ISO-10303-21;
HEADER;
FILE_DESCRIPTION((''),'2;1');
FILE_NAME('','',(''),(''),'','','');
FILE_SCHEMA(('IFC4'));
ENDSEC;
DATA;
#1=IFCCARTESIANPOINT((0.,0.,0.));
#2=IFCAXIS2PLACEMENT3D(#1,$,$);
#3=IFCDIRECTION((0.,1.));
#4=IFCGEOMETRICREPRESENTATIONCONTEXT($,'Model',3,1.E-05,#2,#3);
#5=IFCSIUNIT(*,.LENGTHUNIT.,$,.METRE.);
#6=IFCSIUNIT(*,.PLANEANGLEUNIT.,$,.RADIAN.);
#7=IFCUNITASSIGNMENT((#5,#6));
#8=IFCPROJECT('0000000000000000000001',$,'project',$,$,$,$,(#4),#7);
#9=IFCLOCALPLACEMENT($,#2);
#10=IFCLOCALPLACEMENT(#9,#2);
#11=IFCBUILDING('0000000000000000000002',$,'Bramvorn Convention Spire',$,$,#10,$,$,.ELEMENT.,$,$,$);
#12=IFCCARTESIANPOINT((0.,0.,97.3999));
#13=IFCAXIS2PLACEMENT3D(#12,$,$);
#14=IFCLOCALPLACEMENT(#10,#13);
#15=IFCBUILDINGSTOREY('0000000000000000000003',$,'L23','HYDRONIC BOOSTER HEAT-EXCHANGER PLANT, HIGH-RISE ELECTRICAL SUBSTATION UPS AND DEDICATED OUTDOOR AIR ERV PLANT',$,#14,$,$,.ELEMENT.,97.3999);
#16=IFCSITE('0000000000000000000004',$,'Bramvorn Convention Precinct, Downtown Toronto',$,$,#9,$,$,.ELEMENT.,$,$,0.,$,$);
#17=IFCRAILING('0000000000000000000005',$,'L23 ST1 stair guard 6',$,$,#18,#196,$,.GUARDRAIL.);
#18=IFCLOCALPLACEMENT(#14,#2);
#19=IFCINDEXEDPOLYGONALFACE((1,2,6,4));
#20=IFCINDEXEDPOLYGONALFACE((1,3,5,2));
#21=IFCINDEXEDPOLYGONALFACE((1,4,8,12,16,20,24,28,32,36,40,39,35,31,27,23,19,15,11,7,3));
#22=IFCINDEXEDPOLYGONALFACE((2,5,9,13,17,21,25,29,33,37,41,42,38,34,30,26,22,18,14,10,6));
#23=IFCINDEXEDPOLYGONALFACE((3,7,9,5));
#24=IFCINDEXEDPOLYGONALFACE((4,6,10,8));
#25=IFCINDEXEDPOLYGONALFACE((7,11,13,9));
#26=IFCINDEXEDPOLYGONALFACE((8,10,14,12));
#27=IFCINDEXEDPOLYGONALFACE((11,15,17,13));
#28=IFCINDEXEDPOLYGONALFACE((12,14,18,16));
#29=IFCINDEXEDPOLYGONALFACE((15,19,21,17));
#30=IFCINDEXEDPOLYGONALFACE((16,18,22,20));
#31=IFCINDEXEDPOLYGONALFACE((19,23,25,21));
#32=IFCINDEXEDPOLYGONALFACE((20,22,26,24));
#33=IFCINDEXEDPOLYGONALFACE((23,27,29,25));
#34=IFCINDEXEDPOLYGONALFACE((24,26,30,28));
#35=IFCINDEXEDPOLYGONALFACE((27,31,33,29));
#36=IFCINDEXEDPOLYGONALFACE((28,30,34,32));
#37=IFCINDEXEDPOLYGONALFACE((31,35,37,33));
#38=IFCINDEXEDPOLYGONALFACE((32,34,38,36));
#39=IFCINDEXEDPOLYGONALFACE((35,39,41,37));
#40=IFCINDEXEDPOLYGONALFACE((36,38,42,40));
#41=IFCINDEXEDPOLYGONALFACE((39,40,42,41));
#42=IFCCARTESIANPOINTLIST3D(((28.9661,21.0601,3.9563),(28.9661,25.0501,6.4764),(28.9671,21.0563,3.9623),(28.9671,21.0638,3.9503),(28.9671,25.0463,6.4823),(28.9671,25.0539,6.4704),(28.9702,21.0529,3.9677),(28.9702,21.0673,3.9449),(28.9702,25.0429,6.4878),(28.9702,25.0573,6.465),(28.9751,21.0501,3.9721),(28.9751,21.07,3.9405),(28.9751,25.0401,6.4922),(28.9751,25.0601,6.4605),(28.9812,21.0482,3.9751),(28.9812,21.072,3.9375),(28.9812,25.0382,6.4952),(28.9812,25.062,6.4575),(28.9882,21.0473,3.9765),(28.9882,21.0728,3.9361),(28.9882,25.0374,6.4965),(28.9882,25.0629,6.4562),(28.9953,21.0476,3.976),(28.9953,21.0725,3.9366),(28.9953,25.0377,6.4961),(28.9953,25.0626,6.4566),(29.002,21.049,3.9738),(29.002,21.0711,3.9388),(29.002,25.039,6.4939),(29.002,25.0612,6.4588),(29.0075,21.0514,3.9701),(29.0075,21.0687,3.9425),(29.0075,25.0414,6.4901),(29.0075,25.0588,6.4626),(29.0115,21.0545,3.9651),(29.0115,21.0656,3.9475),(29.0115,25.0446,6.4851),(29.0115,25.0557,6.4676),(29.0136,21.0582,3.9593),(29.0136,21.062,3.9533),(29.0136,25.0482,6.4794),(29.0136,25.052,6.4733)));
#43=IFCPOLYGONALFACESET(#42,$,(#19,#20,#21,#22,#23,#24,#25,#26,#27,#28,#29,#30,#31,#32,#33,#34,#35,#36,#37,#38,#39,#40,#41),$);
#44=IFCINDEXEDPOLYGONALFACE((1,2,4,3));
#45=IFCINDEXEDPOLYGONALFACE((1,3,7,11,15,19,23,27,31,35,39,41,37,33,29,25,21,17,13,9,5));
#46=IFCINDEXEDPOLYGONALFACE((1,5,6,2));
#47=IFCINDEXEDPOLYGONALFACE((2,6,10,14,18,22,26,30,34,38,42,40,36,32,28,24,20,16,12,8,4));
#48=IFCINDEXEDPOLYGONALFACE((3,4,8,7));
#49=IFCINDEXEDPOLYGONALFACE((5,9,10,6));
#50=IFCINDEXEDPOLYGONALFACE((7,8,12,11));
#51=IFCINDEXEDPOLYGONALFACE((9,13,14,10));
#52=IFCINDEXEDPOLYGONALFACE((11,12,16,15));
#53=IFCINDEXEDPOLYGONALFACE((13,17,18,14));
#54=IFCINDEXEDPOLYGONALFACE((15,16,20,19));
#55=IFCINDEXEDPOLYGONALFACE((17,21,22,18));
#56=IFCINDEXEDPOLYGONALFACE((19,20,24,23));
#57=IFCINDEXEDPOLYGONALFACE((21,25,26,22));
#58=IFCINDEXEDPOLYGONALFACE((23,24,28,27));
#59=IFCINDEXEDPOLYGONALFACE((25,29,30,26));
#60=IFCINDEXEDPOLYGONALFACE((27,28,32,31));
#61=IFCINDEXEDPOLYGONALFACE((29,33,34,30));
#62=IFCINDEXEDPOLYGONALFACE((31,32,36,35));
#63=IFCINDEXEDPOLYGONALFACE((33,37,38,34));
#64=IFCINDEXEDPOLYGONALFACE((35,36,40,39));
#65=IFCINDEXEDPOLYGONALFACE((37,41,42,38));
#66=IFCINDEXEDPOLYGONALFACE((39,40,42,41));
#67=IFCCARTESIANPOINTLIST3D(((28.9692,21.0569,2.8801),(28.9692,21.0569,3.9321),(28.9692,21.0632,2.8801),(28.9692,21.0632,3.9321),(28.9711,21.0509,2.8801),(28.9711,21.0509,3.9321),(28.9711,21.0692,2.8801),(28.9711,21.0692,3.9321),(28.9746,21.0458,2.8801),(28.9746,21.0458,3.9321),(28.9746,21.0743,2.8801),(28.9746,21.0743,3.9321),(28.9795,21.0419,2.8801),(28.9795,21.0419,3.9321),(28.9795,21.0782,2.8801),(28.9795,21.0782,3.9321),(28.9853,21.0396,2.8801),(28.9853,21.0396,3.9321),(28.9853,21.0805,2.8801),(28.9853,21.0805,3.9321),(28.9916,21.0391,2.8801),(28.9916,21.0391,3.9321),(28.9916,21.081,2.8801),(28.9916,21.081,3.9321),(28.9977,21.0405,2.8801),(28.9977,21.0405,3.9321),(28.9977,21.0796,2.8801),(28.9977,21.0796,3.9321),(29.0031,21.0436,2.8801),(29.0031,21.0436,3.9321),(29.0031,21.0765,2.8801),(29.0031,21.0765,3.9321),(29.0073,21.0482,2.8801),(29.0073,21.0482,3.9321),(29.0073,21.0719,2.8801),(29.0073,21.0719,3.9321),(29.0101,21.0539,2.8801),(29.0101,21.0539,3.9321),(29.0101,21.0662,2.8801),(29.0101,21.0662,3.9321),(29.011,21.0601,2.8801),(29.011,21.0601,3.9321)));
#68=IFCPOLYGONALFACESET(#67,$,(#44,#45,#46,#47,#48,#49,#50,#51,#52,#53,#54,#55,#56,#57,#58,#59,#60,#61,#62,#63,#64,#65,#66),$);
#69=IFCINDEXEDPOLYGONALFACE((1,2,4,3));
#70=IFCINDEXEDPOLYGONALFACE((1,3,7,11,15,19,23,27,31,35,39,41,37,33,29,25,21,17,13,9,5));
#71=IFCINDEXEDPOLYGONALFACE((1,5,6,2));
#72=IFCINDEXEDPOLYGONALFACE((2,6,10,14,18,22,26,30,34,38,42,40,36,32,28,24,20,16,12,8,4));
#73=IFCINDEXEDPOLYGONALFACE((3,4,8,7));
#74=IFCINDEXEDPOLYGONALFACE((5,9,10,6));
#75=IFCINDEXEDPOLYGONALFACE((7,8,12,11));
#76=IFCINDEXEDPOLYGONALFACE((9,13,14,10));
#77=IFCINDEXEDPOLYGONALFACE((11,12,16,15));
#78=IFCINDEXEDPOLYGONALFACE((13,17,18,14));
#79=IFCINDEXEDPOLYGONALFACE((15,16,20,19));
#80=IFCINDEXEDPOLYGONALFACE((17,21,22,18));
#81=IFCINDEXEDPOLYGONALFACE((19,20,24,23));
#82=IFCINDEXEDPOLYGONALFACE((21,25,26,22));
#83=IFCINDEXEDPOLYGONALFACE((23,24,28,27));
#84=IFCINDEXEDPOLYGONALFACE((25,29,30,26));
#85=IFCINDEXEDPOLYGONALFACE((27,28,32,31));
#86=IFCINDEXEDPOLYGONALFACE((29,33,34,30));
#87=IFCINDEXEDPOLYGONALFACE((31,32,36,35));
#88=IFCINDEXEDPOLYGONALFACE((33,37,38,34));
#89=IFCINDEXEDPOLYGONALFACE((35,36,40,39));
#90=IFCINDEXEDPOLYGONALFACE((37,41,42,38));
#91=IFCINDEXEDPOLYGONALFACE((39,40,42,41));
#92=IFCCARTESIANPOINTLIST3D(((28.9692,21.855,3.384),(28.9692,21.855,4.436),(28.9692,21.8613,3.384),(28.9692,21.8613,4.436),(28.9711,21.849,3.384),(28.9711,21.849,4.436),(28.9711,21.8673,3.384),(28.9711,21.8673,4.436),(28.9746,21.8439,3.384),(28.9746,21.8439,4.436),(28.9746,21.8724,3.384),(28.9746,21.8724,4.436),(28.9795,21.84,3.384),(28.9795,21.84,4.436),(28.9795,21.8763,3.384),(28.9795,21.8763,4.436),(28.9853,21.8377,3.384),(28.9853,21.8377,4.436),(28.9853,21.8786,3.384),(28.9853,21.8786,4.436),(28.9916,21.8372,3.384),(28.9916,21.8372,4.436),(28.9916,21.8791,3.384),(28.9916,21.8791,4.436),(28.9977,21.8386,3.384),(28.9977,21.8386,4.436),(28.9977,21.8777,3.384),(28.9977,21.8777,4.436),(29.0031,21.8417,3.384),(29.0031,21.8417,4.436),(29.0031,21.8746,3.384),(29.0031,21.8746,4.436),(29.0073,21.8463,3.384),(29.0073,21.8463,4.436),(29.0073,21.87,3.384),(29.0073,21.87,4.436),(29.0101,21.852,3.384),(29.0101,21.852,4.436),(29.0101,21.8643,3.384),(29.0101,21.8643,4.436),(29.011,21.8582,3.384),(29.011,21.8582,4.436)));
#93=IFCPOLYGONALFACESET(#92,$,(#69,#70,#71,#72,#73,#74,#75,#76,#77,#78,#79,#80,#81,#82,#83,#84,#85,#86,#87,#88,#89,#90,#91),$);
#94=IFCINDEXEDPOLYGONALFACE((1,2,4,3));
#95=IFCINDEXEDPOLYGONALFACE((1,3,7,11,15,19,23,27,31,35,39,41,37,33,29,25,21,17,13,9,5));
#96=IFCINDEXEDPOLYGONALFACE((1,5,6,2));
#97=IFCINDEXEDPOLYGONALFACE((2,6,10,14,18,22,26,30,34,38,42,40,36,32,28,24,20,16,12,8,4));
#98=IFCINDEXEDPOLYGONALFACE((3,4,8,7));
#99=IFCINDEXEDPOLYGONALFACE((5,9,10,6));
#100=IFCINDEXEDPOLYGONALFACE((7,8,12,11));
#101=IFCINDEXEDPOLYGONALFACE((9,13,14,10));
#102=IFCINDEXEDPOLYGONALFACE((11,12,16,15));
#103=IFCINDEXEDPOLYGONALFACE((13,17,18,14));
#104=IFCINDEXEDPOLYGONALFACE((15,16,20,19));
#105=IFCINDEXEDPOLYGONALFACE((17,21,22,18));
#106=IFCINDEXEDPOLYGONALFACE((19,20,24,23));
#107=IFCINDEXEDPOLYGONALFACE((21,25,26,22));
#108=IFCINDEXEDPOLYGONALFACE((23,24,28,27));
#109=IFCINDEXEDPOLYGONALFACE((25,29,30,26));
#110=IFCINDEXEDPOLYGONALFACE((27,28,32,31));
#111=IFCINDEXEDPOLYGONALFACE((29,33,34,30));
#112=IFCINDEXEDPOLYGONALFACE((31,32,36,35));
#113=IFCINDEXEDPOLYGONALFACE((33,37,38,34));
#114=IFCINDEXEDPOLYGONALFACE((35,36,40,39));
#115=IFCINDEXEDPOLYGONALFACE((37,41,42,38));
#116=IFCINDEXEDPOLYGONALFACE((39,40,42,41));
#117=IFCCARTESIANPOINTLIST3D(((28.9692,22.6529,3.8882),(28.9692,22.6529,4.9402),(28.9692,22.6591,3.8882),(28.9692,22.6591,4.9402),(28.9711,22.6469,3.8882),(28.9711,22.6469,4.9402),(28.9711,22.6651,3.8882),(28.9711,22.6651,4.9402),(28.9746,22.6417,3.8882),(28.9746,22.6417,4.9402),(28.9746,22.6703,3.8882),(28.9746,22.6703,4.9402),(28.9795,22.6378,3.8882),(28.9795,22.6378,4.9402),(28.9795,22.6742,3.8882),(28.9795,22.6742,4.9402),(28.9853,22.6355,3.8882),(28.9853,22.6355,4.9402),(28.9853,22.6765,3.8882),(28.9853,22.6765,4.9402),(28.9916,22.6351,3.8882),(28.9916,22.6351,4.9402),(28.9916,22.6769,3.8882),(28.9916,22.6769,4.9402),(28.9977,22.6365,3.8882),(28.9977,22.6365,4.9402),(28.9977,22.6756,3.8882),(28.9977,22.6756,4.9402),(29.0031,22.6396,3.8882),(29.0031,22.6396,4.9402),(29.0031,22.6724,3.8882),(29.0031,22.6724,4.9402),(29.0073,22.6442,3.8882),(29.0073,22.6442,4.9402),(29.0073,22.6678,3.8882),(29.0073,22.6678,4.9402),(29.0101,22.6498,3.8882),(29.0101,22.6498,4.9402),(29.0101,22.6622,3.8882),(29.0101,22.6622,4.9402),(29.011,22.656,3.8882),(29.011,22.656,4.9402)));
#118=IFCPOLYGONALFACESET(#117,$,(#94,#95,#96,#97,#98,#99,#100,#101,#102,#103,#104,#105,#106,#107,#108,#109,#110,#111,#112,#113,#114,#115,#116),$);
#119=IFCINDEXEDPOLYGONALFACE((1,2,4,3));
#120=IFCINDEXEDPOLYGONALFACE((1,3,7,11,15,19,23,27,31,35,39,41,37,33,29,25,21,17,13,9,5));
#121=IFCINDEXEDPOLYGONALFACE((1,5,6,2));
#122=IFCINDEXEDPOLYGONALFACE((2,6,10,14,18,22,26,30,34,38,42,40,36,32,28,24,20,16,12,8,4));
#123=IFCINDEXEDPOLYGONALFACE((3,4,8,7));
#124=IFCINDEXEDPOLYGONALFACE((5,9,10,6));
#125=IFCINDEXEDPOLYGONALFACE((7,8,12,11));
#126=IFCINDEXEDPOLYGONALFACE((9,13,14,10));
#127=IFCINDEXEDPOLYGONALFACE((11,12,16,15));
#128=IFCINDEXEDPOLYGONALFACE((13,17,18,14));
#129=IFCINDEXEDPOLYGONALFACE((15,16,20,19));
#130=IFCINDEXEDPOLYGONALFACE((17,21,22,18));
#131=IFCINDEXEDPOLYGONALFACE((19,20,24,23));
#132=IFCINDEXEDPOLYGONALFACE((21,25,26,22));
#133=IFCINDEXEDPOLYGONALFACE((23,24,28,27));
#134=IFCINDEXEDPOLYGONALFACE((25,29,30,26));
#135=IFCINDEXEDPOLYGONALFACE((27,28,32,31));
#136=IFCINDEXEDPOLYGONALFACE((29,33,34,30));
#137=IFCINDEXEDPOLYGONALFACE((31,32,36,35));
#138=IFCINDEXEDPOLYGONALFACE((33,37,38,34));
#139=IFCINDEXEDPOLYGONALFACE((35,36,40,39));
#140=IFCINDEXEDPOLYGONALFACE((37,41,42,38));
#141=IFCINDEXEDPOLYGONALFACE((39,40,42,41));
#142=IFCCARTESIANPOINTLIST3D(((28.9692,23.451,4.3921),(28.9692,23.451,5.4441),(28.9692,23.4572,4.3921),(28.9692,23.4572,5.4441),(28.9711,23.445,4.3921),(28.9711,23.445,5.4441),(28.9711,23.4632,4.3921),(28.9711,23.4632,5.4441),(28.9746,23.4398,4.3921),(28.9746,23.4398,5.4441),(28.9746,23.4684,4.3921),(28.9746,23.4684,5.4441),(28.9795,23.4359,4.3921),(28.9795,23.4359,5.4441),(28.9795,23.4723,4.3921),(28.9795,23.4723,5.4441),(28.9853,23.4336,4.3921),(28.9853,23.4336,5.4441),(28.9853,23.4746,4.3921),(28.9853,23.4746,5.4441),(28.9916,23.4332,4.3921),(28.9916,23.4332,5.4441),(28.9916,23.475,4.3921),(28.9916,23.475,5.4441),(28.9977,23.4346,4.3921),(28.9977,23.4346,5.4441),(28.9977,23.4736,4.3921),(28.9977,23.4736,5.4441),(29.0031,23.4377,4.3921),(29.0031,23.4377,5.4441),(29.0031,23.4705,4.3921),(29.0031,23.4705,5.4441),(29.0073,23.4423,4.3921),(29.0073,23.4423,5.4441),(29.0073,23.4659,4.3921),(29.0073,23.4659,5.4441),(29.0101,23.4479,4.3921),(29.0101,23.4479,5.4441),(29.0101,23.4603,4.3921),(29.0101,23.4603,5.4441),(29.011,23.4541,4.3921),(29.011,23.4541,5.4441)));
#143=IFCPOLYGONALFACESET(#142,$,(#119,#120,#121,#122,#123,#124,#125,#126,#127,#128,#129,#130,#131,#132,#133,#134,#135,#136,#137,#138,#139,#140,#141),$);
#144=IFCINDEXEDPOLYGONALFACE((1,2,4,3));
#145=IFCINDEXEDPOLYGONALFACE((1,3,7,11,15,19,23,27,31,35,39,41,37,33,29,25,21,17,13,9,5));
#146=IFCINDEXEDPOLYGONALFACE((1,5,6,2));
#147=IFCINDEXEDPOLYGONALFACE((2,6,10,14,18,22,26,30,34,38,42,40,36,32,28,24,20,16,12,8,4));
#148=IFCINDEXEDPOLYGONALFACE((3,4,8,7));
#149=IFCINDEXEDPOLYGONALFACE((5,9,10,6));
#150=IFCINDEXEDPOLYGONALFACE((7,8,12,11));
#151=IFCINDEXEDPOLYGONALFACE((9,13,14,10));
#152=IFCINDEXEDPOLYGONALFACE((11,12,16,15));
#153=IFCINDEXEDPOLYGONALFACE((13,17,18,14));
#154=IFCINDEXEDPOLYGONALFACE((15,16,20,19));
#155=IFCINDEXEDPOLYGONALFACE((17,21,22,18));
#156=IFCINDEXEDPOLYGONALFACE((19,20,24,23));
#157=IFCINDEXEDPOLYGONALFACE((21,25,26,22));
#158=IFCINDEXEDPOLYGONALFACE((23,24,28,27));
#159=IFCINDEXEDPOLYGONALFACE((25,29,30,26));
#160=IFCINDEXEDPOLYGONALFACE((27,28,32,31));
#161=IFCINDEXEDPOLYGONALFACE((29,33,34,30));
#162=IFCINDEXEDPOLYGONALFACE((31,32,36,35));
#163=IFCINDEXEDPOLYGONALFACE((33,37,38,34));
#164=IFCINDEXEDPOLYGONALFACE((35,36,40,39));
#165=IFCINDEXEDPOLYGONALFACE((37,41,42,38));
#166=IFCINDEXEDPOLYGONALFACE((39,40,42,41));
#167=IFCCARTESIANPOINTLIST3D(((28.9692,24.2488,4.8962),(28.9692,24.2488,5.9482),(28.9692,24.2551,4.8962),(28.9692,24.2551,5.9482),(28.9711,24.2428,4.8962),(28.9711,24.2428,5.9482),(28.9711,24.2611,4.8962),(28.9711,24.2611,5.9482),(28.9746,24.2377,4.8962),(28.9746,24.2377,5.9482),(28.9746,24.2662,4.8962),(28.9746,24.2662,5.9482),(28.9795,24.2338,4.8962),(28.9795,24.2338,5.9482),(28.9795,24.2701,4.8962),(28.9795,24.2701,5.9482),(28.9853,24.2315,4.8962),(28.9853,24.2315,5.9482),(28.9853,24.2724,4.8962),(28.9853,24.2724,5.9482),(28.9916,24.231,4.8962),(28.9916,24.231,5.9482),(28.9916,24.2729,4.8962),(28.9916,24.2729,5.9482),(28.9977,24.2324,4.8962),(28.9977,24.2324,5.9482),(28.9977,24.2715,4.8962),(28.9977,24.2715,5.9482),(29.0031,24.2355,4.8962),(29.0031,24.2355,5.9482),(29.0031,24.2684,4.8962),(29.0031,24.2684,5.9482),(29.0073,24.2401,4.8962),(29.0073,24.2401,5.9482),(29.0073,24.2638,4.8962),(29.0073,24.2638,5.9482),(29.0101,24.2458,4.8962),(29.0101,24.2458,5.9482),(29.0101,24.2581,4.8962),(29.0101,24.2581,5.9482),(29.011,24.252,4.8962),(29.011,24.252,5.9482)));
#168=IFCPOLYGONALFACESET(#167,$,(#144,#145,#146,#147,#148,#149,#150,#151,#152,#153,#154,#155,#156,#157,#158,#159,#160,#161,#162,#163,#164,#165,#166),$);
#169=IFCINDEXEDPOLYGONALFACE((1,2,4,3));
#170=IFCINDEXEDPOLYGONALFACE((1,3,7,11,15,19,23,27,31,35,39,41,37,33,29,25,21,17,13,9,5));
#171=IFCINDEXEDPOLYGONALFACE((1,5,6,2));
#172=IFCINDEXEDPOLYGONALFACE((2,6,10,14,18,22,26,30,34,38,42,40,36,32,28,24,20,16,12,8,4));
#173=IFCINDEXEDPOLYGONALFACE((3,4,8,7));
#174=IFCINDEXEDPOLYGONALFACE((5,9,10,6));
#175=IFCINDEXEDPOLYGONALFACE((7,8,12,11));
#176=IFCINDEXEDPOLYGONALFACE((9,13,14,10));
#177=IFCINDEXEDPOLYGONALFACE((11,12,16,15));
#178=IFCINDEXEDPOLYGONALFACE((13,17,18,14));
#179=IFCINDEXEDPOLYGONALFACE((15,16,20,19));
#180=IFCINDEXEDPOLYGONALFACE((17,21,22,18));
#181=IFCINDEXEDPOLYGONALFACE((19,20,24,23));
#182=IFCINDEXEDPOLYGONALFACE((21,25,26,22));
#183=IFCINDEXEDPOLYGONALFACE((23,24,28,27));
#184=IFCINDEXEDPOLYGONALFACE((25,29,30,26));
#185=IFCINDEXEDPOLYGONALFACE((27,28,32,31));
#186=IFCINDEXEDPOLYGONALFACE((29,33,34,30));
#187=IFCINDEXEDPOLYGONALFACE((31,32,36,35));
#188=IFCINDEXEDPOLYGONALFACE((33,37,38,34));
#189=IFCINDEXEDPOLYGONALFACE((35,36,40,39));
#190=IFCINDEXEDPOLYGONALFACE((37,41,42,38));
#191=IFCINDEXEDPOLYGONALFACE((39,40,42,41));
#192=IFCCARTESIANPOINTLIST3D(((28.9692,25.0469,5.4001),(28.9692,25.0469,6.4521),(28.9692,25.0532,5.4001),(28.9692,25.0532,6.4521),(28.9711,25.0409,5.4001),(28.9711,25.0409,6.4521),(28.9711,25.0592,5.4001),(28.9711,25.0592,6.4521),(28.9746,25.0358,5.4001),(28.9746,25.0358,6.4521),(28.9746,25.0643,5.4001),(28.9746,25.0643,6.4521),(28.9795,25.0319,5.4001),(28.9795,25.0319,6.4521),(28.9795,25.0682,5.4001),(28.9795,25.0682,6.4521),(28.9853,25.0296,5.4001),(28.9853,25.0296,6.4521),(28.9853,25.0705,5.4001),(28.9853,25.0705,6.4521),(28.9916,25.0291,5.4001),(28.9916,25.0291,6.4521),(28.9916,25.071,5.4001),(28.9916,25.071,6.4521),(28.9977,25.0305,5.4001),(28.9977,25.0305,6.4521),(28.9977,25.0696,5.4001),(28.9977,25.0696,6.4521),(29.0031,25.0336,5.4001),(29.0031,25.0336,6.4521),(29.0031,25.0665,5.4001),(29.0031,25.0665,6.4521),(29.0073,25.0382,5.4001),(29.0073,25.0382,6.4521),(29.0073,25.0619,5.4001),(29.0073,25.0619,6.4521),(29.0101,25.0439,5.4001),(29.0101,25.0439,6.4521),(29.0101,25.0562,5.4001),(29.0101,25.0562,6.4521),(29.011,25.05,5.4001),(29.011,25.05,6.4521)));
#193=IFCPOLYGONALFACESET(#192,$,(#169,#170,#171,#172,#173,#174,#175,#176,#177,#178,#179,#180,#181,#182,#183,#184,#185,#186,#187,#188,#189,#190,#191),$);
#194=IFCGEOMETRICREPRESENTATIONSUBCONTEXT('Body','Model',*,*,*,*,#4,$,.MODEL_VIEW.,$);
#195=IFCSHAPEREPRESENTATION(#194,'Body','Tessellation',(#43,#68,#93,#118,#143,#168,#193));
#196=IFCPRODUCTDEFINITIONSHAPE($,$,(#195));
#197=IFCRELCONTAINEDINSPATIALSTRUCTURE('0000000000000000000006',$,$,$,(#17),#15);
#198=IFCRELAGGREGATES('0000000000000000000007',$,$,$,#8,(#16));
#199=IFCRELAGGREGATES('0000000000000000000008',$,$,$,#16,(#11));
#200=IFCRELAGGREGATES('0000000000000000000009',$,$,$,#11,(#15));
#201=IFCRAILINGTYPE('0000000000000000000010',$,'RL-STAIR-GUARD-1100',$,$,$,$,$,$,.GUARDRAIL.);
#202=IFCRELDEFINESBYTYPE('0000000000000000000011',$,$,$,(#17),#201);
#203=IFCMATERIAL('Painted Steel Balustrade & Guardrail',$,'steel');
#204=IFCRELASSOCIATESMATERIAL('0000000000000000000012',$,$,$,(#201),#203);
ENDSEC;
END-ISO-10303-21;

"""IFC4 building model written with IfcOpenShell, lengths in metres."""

from ifc_helpers import new_model, si_unit, direction, frame, origin, origin_2d, place, context, subcontext, project, spatial, circle, extrude, material, type_object, element, save


model = new_model("IFC4")

# Units and contexts
model_context = context("Model", 3, precision=1e-05, world=origin(), true_north=direction((0.0, 1.0)))
body_context = subcontext(model_context, "Body", "Model", "MODEL_VIEW")
ifc_project = project(units=[si_unit("LENGTHUNIT", "METRE"), si_unit("PLANEANGLEUNIT", "RADIAN")], contexts=[model_context])

# Site, building, storey
site_placement = place(None, origin())
site = spatial("IfcSite", under=ifc_project, at=site_placement, Name="Bramvorn Convention Precinct, Downtown Toronto", CompositionType="ELEMENT", RefElevation=0.0)
building_placement = place(site_placement, origin())
building = spatial("IfcBuilding", under=site, at=building_placement, Name="Bramvorn Convention Spire", CompositionType="ELEMENT")
storey_placement = place(building_placement, frame((0.0, 0.0, 97.3999)))
storey = spatial("IfcBuildingStorey", under=building, at=storey_placement, Name="L23", Description="HYDRONIC BOOSTER HEAT-EXCHANGER PLANT, HIGH-RISE ELECTRICAL SUBSTATION UPS AND DEDICATED OUTDOOR AIR ERV PLANT", CompositionType="ELEMENT", Elevation=97.3999)

# Railing
ifc_material_1 = material(Name="Painted Steel Balustrade & Guardrail", Category="steel")
railing_type_1 = type_object("IfcRailingType", Name="RL-STAIR-GUARD-1100", PredefinedType="GUARDRAIL", material=ifc_material_1)
railing_1_placement = place(storey_placement, frame((28.99, 21.0601, 2.8801)))
element("IfcRailing", 1, at=railing_1_placement, inside=storey, type_object=railing_type_1, Name="L23 ST1 stair guard 6", PredefinedType="GUARDRAIL", context=body_context, shape_type="SweptSolid", body=[
    extrude(circle(Radius=0.0239, at=origin_2d()), frame((0.0, 0.0, 1.0762), z_axis=(0.0, 0.845486, 0.533997), x_axis=(-1.0, 0.0, 0.0)), (0.0, 0.0, 1.0), 4.7192),
    extrude(circle(Radius=0.021, at=origin_2d()), origin(), (0.0, 0.0, 1.0), 1.052),
    extrude(circle(Radius=0.021, at=origin_2d()), frame((0.0, 0.7981, 0.5039)), (0.0, 0.0, 1.0), 1.052),
    extrude(circle(Radius=0.021, at=origin_2d()), frame((0.0, 1.5959, 1.0081)), (0.0, 0.0, 1.0), 1.052),
    extrude(circle(Radius=0.021, at=origin_2d()), frame((0.0, 2.394, 1.512)), (0.0, 0.0, 1.0), 1.052),
    extrude(circle(Radius=0.021, at=origin_2d()), frame((0.0, 3.1919, 2.0161)), (0.0, 0.0, 1.0), 1.052),
    extrude(circle(Radius=0.021, at=origin_2d()), frame((0.0, 3.99, 2.52)), (0.0, 0.0, 1.0), 1.052),
])

save(model, "model.ifc")
